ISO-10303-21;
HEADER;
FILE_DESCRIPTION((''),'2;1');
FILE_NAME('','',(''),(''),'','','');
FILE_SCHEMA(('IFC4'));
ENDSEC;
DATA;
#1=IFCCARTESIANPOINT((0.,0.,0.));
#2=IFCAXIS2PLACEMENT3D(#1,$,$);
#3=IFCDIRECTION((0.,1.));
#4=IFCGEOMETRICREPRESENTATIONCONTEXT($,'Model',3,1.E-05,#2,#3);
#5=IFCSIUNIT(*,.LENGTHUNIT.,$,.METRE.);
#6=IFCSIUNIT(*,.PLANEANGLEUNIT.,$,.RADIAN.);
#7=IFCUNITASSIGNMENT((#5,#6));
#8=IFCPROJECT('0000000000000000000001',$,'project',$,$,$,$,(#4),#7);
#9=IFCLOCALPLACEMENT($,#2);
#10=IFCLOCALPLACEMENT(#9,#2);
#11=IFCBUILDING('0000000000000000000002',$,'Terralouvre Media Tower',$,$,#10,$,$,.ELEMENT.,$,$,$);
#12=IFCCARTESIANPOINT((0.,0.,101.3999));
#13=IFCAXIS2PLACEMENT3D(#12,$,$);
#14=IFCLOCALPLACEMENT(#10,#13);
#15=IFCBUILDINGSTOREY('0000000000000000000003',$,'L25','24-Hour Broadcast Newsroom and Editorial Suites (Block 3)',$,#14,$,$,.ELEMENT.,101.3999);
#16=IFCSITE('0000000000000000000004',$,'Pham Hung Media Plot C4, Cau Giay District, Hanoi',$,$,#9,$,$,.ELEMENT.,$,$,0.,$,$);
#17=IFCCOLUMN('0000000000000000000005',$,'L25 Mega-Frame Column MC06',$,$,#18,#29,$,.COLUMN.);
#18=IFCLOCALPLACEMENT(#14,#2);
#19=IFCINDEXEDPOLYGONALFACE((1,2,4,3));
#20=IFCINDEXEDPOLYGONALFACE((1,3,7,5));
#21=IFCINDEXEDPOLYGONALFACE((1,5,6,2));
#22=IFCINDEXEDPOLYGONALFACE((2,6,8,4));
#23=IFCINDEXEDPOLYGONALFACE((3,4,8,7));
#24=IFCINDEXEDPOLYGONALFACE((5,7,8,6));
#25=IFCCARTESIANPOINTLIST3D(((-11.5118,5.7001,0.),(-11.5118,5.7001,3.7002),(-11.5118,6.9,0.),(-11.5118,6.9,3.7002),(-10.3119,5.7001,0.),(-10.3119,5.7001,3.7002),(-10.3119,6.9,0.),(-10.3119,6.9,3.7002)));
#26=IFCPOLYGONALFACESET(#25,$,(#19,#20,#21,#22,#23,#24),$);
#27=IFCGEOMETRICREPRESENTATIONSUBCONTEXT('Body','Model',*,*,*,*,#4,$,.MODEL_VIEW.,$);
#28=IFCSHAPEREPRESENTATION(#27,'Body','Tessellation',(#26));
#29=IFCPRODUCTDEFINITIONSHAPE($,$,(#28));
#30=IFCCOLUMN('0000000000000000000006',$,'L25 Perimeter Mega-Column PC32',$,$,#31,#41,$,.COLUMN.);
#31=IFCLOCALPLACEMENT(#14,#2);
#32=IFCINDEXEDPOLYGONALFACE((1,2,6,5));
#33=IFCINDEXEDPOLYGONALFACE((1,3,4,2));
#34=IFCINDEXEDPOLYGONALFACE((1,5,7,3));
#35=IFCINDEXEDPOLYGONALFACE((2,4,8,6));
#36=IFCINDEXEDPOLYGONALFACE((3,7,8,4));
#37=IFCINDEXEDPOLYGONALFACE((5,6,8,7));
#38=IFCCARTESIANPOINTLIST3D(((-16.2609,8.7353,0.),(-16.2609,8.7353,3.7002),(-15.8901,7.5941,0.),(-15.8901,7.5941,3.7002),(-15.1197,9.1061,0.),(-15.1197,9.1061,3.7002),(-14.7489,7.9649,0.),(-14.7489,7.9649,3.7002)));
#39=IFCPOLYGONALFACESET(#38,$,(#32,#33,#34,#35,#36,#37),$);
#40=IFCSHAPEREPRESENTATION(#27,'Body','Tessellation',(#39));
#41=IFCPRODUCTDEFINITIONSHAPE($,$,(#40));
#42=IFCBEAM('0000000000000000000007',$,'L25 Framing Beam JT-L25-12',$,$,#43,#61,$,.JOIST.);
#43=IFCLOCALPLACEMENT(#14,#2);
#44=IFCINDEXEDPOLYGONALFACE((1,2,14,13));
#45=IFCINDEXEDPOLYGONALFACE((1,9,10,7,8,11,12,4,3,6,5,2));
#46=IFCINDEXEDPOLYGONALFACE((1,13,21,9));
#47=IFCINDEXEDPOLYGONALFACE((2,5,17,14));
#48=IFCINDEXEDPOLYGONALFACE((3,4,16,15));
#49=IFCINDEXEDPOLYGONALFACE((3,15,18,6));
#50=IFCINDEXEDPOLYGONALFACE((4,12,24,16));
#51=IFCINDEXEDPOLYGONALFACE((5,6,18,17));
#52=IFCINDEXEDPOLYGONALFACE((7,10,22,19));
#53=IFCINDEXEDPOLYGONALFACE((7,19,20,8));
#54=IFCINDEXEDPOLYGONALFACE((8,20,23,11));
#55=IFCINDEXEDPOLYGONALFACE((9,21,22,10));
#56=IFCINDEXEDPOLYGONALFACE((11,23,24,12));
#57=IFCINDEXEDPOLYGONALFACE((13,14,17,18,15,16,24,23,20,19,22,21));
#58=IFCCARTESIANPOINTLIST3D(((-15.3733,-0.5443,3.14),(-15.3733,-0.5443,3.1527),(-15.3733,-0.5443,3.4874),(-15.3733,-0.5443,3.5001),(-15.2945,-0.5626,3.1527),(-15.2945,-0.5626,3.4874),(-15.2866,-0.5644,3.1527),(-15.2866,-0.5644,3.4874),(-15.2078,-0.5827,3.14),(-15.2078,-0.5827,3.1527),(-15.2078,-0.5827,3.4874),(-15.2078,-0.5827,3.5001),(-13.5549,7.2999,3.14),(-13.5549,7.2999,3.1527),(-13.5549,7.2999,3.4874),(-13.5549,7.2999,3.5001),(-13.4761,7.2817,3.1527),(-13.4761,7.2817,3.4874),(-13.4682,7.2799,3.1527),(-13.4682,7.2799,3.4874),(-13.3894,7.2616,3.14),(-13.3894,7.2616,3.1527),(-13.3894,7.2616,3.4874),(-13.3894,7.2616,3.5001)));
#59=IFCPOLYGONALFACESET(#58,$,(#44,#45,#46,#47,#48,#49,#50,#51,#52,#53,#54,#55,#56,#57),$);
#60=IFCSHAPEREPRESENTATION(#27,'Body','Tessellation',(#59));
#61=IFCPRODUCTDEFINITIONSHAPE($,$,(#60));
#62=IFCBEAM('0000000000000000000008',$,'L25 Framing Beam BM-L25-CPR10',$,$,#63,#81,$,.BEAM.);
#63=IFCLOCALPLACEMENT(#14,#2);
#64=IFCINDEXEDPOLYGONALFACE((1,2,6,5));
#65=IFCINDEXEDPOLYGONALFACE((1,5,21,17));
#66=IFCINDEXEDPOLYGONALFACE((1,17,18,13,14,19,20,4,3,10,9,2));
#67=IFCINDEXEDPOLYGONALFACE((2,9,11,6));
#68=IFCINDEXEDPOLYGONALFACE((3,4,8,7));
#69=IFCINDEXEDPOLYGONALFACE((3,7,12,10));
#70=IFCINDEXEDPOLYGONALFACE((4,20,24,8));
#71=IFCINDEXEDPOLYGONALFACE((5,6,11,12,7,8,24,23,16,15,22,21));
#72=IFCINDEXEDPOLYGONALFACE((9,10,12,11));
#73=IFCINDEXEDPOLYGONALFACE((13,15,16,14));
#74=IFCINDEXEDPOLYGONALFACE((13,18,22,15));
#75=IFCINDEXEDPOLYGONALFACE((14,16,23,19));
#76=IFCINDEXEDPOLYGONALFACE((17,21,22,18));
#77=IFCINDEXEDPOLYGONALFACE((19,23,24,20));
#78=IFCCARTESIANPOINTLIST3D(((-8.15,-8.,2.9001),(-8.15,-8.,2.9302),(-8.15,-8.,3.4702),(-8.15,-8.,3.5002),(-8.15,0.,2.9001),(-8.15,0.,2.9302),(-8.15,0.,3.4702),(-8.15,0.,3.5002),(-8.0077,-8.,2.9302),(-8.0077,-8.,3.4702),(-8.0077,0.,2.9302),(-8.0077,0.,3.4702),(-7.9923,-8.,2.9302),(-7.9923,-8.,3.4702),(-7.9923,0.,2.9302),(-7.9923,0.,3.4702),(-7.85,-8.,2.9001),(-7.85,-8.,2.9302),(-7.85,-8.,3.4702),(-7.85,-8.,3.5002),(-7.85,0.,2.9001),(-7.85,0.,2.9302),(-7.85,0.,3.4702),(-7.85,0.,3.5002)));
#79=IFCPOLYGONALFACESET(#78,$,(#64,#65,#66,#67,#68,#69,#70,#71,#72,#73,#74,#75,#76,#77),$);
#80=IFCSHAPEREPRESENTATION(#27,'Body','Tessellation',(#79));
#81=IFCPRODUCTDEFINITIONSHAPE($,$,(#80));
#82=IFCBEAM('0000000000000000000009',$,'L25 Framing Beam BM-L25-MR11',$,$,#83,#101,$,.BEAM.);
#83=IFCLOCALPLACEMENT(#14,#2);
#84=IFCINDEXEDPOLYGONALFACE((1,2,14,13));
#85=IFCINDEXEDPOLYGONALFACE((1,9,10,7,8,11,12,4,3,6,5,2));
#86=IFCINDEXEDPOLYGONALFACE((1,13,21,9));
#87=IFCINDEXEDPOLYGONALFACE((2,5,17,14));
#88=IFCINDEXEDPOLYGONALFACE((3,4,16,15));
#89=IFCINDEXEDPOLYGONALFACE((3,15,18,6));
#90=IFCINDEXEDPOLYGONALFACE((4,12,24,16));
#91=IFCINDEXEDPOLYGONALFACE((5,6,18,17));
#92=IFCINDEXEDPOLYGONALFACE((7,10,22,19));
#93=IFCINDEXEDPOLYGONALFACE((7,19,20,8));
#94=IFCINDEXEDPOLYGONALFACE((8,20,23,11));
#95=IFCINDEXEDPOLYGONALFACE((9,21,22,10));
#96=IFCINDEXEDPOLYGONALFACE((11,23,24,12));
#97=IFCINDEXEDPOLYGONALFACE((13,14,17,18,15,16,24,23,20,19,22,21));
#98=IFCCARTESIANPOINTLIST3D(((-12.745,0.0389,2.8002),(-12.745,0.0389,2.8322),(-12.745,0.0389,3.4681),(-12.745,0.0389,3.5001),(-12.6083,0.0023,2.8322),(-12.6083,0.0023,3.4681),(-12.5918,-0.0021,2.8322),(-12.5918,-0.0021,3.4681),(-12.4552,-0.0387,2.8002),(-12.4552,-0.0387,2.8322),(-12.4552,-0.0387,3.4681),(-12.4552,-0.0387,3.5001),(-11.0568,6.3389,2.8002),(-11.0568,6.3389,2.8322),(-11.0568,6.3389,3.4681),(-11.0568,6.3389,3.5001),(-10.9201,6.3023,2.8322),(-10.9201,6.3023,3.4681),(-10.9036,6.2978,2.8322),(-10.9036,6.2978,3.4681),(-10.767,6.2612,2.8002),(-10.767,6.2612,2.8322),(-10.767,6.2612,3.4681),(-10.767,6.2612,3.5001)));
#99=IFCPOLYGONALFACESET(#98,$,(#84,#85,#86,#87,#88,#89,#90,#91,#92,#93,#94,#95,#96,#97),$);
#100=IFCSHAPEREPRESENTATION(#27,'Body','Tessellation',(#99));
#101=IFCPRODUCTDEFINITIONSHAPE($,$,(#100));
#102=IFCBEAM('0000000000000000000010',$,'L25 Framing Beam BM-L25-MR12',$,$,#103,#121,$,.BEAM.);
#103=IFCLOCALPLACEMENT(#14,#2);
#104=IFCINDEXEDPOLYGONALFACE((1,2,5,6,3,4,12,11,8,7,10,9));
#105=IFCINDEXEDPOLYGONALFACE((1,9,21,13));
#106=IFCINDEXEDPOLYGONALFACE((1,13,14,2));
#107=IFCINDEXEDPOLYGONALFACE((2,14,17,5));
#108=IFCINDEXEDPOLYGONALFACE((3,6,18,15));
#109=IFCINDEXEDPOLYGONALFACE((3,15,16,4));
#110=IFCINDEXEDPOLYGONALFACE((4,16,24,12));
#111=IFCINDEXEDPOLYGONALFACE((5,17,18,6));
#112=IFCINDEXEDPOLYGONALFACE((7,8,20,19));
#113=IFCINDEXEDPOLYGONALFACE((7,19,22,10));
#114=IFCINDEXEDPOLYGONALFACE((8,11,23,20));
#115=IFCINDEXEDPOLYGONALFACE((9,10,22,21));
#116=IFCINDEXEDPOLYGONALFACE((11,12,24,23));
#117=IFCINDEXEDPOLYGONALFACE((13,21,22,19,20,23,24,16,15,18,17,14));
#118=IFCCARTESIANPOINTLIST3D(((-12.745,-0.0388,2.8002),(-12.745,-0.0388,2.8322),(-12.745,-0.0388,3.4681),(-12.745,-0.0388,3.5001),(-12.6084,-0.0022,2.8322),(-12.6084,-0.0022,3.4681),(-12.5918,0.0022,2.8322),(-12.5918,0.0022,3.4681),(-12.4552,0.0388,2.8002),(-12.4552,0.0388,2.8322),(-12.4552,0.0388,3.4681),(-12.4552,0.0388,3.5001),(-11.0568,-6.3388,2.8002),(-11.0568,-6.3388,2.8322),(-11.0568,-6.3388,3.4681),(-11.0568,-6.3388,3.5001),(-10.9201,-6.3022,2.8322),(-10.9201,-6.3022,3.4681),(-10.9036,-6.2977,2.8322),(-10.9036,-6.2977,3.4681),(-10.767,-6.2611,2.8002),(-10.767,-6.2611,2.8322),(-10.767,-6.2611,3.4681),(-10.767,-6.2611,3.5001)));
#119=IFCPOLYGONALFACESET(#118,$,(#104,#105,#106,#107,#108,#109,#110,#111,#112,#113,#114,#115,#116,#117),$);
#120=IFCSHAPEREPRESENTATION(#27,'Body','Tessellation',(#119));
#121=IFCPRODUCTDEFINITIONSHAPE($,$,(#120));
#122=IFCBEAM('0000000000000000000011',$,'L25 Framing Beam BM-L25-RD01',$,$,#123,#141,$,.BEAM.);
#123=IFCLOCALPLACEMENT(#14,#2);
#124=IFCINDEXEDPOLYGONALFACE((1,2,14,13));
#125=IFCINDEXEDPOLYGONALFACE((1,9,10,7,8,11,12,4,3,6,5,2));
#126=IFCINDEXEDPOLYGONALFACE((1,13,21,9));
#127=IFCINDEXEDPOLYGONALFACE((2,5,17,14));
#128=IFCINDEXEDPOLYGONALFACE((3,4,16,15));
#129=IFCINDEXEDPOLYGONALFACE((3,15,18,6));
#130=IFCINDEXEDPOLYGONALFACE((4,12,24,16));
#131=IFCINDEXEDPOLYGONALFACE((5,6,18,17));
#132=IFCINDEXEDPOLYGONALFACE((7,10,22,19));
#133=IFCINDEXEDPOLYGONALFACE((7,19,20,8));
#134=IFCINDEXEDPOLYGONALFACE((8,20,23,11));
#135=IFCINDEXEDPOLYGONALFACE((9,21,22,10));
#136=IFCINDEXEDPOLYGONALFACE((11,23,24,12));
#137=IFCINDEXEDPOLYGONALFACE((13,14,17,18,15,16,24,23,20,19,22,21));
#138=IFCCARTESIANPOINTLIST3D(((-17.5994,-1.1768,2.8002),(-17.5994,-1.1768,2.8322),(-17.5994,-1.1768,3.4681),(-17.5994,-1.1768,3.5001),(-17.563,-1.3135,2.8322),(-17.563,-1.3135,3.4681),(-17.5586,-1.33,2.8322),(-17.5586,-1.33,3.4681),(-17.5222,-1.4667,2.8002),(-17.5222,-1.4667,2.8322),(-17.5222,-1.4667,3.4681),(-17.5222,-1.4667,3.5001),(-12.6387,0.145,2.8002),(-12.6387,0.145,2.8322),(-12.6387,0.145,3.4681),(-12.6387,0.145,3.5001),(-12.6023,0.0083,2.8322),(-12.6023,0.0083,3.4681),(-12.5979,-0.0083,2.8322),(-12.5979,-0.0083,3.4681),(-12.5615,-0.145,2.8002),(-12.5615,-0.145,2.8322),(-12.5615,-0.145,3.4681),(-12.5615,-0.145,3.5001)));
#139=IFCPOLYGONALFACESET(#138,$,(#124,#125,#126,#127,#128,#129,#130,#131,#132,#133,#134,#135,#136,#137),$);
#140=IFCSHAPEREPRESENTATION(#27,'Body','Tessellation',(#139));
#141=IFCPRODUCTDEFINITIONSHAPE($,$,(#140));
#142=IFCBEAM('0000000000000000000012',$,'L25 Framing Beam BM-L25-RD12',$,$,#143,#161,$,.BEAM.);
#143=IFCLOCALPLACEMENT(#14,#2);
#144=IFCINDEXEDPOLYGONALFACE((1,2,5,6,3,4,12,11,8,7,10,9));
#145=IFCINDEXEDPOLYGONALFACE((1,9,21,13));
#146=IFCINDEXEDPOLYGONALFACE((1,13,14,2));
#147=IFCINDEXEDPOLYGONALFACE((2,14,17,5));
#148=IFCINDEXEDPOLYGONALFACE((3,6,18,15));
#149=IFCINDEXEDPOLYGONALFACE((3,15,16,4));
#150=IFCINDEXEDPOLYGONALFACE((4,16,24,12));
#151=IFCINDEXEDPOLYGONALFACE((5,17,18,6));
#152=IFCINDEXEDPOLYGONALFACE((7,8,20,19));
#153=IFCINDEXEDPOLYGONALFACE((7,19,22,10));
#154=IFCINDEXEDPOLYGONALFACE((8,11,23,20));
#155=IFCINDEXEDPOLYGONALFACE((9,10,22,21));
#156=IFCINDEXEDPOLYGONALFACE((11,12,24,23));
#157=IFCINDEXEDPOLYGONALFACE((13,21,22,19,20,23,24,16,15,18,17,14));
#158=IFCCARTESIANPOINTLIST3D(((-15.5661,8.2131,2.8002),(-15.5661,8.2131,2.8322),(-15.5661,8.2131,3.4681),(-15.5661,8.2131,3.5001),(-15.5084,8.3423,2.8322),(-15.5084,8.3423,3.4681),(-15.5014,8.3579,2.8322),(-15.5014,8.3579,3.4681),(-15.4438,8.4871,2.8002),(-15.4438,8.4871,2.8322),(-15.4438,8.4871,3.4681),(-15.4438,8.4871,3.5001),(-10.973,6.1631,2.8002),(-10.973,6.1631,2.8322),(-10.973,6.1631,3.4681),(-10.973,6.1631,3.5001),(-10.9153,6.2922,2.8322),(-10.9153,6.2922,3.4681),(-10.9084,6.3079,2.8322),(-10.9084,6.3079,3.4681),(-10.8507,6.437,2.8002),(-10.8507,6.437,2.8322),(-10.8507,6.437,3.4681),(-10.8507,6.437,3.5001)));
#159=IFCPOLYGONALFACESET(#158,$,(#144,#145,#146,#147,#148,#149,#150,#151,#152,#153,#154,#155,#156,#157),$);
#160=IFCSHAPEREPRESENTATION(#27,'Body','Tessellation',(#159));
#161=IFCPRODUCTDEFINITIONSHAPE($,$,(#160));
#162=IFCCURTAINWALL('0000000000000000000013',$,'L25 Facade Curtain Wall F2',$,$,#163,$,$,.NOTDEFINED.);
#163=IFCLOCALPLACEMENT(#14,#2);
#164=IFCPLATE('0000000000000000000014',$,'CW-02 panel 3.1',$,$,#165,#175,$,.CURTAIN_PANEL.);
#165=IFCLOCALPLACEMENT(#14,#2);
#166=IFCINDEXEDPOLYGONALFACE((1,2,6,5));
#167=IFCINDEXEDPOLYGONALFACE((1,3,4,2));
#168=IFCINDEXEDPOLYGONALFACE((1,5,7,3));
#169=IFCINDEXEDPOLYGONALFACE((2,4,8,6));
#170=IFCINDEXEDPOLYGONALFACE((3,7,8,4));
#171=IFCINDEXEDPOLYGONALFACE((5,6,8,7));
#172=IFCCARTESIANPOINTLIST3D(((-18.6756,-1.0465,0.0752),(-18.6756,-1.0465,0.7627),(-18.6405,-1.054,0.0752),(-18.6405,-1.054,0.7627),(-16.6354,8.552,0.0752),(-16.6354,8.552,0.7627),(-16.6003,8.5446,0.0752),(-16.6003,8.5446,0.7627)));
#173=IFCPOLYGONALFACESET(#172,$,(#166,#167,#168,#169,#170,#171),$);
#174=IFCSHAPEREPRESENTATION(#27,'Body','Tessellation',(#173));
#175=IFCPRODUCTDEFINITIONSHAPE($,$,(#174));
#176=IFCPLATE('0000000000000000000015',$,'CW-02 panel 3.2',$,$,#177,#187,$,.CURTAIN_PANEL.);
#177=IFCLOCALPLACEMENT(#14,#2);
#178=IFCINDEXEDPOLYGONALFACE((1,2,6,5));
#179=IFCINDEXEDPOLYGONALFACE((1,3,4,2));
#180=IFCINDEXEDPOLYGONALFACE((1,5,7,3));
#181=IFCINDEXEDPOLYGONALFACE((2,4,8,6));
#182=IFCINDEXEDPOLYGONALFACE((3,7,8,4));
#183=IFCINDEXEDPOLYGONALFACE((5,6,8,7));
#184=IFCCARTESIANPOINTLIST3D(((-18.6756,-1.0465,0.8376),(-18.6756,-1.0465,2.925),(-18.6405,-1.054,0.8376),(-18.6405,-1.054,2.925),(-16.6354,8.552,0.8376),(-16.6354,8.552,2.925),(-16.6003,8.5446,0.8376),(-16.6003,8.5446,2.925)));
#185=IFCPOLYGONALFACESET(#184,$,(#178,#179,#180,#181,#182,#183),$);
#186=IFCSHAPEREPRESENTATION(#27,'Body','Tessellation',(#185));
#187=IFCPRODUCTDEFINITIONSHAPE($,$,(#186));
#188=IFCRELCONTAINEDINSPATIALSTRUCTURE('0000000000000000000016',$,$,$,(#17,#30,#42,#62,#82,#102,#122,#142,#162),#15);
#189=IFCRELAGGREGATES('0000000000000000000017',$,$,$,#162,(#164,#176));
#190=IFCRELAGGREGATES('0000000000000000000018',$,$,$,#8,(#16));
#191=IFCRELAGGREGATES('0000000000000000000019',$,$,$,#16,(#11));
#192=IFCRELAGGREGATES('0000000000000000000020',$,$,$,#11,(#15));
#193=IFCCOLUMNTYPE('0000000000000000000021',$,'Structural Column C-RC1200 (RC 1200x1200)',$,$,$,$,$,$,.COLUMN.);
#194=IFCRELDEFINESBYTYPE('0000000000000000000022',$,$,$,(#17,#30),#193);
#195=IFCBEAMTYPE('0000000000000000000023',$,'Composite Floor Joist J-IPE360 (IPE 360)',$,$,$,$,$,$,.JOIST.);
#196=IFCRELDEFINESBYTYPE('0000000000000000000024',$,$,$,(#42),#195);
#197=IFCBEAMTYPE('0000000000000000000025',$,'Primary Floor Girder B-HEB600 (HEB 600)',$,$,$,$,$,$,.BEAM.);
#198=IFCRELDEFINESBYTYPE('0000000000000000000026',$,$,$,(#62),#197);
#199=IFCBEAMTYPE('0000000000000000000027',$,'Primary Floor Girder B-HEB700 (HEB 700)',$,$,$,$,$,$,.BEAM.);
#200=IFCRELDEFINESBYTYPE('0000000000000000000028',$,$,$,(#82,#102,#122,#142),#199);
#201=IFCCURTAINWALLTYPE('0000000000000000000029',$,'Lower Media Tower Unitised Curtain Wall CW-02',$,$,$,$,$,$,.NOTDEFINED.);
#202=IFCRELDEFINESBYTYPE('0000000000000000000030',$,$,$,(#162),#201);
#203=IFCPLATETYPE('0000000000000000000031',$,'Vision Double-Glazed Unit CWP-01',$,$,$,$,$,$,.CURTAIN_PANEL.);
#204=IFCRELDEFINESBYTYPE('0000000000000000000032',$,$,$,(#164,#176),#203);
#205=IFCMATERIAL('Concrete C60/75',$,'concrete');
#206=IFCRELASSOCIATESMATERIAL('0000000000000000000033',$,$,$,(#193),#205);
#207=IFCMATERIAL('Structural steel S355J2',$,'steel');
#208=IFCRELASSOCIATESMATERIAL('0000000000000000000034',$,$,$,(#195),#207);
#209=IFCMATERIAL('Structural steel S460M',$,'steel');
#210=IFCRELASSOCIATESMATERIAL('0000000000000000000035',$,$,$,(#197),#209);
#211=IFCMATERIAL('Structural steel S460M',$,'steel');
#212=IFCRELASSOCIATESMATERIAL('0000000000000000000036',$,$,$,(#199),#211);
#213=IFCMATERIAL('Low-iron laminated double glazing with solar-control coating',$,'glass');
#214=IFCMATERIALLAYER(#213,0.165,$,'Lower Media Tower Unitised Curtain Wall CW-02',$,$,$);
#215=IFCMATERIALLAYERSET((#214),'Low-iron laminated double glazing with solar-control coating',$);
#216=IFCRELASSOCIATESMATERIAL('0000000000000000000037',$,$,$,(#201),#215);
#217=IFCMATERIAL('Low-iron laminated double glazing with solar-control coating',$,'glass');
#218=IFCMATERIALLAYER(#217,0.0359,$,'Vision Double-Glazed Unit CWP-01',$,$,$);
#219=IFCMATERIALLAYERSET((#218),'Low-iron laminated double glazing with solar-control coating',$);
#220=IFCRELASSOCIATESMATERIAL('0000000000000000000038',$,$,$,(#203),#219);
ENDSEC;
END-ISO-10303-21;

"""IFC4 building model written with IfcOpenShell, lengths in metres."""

from ifc_helpers import new_model, si_unit, direction, frame, origin, origin_2d, place, context, subcontext, project, spatial, rectangle, i_section, extrude, material, layer, layer_set, material_profile, profile_set, type_object, element, aggregate, save


model = new_model("IFC4")

# Units and contexts
model_context = context("Model", 3, precision=1e-05, world=origin(), true_north=direction((0.0, 1.0)))
body_context = subcontext(model_context, "Body", "Model", "MODEL_VIEW")
ifc_project = project(units=[si_unit("LENGTHUNIT", "METRE"), si_unit("PLANEANGLEUNIT", "RADIAN")], contexts=[model_context])

# Site, building, storey
site_placement = place(None, origin())
site = spatial("IfcSite", under=ifc_project, at=site_placement, Name="Pham Hung Media Plot C4, Cau Giay District, Hanoi", CompositionType="ELEMENT", RefElevation=0.0)
building_placement = place(site_placement, origin())
building = spatial("IfcBuilding", under=site, at=building_placement, Name="Terralouvre Media Tower", CompositionType="ELEMENT")
storey_placement = place(building_placement, frame((0.0, 0.0, 101.3999)))
storey = spatial("IfcBuildingStorey", under=building, at=storey_placement, Name="L25", Description="24-Hour Broadcast Newsroom and Editorial Suites (Block 3)", CompositionType="ELEMENT", Elevation=101.3999)

# Columns
ifc_material_1 = material(Name="Concrete C60/75", Category="concrete")
ifc_material_profile_1 = material_profile(ifc_material_1, rectangle(XDim=1.2, YDim=1.2, at=origin_2d()), Name="RC 1200x1200")
ifc_profile_set_1 = profile_set([ifc_material_profile_1], Name="Concrete C60/75")
column_type = type_object("IfcColumnType", Name="Structural Column C-RC1200 (RC 1200x1200)", PredefinedType="COLUMN", material=ifc_profile_set_1)
for number, where, z_axis, x_axis, name in (
    (1, (-10.9119, 6.3, 0.0), (0.0, 0.0, 1.0), (1.0, 0.0, 0.0), "L25 Mega-Frame Column MC06"),
    (2, (-15.5049, 8.3501, 0.0), (0.0, 0.0, 1.0), (0.951057, 0.309017, 0.0), "L25 Perimeter Mega-Column PC32"),
):
    element("IfcColumn", number, at=place(storey_placement, frame(where, z_axis=z_axis, x_axis=x_axis)), inside=storey, type_object=column_type, Name=name, PredefinedType="COLUMN", context=body_context, shape_type="SweptSolid", body=[
        extrude(rectangle(XDim=1.2, YDim=1.2, at=origin_2d()), origin(), (0.0, 0.0, 1.0), 3.7002),
    ])

# Beams
ifc_material_2 = material(Name="Structural steel S355J2", Category="steel")
ifc_material_profile_2 = material_profile(ifc_material_2, i_section(OverallWidth=0.1699, OverallDepth=0.3601, WebThickness=0.0081, FlangeThickness=0.0127, at=origin_2d()), Name="IPE 360")
ifc_profile_set_2 = profile_set([ifc_material_profile_2], Name="Structural steel S355J2")
beam_type_1 = type_object("IfcBeamType", Name="Composite Floor Joist J-IPE360 (IPE 360)", PredefinedType="JOIST", material=ifc_profile_set_2)
beam_1_placement = place(storey_placement, frame((-13.4722, 7.2808, 3.3201), z_axis=(-0.22582, -0.974169, 0.0), x_axis=(0.974169, -0.22582, 0.0)))
element("IfcBeam", 3, at=beam_1_placement, inside=storey, type_object=beam_type_1, Name="L25 Framing Beam JT-L25-12", PredefinedType="JOIST", context=body_context, shape_type="SweptSolid", body=[
    extrude(i_section(OverallWidth=0.1699, OverallDepth=0.3601, WebThickness=0.0081, FlangeThickness=0.0127, at=origin_2d()), origin(), (0.0, 0.0, 1.0), 8.0522),
])
ifc_material_3 = material(Name="Structural steel S460M", Category="steel")
ifc_material_profile_3 = material_profile(ifc_material_3, i_section(OverallWidth=0.3, OverallDepth=0.6001, WebThickness=0.0154, FlangeThickness=0.03, at=origin_2d()), Name="HEB 600")
ifc_profile_set_3 = profile_set([ifc_material_profile_3], Name="Structural steel S460M")
beam_type_2 = type_object("IfcBeamType", Name="Primary Floor Girder B-HEB600 (HEB 600)", PredefinedType="BEAM", material=ifc_profile_set_3)
beam_2_placement = place(storey_placement, frame((-8.0, 0.0, 3.2002), z_axis=(0.0, -1.0, 0.0), x_axis=(1.0, 0.0, 0.0)))
element("IfcBeam", 4, at=beam_2_placement, inside=storey, type_object=beam_type_2, Name="L25 Framing Beam BM-L25-CPR10", PredefinedType="BEAM", context=body_context, shape_type="SweptSolid", body=[
    extrude(i_section(OverallWidth=0.3, OverallDepth=0.6001, WebThickness=0.0154, FlangeThickness=0.03, at=origin_2d()), origin(), (0.0, 0.0, 1.0), 8.0),
])
ifc_material_4 = material(Name="Structural steel S460M", Category="steel")
ifc_material_profile_4 = material_profile(ifc_material_4, i_section(OverallWidth=0.3, OverallDepth=0.7, WebThickness=0.0171, FlangeThickness=0.032, at=origin_2d()), Name="HEB 700")
ifc_profile_set_4 = profile_set([ifc_material_profile_4], Name="Structural steel S460M")
beam_type_3 = type_object("IfcBeamType", Name="Primary Floor Girder B-HEB700 (HEB 700)", PredefinedType="BEAM", material=ifc_profile_set_4)
for number, where, z_axis, x_axis, name in (
    (5, (-10.9119, 6.3, 3.1501), (-0.258839, -0.96592, 0.0), (0.96592, -0.258839, 0.0), "L25 Framing Beam BM-L25-MR11"),
    (6, (-12.6001, 0.0, 3.1501), (0.258839, -0.96592, 0.0), (0.96592, 0.258839, 0.0), "L25 Framing Beam BM-L25-MR12"),
):
    element("IfcBeam", number, at=place(storey_placement, frame(where, z_axis=z_axis, x_axis=x_axis)), inside=storey, type_object=beam_type_3, Name=name, PredefinedType="BEAM", context=body_context, shape_type="SweptSolid", body=[
        extrude(i_section(OverallWidth=0.3, OverallDepth=0.7, WebThickness=0.0171, FlangeThickness=0.032, at=origin_2d()), origin(), (0.0, 0.0, 1.0), 6.5222),
    ])
beam_3_placement = place(storey_placement, frame((-12.6001, 0.0, 3.1501), z_axis=(-0.966287, -0.257467, 0.0), x_axis=(0.257467, -0.966287, 0.0)))
element("IfcBeam", 7, at=beam_3_placement, inside=storey, type_object=beam_type_3, Name="L25 Framing Beam BM-L25-RD01", PredefinedType="BEAM", context=body_context, shape_type="SweptSolid", body=[
    extrude(i_section(OverallWidth=0.3, OverallDepth=0.7, WebThickness=0.0171, FlangeThickness=0.032, at=origin_2d()), origin(), (0.0, 0.0, 1.0), 5.1338),
])
beam_4_placement = place(storey_placement, frame((-10.9119, 6.3, 3.1501), z_axis=(-0.913168, 0.407584, 0.0), x_axis=(-0.407584, -0.913168, 0.0)))
element("IfcBeam", 8, at=beam_4_placement, inside=storey, type_object=beam_type_3, Name="L25 Framing Beam BM-L25-RD12", PredefinedType="BEAM", context=body_context, shape_type="SweptSolid", body=[
    extrude(i_section(OverallWidth=0.3, OverallDepth=0.7, WebThickness=0.0171, FlangeThickness=0.032, at=origin_2d()), origin(), (0.0, 0.0, 1.0), 5.0298),
])

# Curtain wall, plates
ifc_material_5 = material(Name="Low-iron laminated double glazing with solar-control coating", Category="glass")
ifc_layer_1 = layer(ifc_material_5, 0.165, Name="Lower Media Tower Unitised Curtain Wall CW-02")
ifc_layer_set_1 = layer_set([ifc_layer_1], Name="Low-iron laminated double glazing with solar-control coating")
curtain_wall_type = type_object("IfcCurtainWallType", Name="Lower Media Tower Unitised Curtain Wall CW-02", PredefinedType="NOTDEFINED", material=ifc_layer_set_1)
curtain_wall_placement = place(storey_placement, origin())
curtain_wall = element("IfcCurtainWall", 9, at=curtain_wall_placement, inside=storey, type_object=curtain_wall_type, Name="L25 Facade Curtain Wall F2", PredefinedType="NOTDEFINED")
ifc_material_6 = material(Name="Low-iron laminated double glazing with solar-control coating", Category="glass")
ifc_layer_2 = layer(ifc_material_6, 0.0359, Name="Vision Double-Glazed Unit CWP-01")
ifc_layer_set_2 = layer_set([ifc_layer_2], Name="Low-iron laminated double glazing with solar-control coating")
plate_type = type_object("IfcPlateType", Name="Vision Double-Glazed Unit CWP-01", PredefinedType="CURTAIN_PANEL", material=ifc_layer_set_2)
plate_1_placement = place(storey_placement, frame((-17.6379, 3.749, 0.0752), z_axis=(0.0, 0.0, 1.0), x_axis=(-0.207912, -0.978148, 0.0)))
plate_1 = element("IfcPlate", 10, at=plate_1_placement, type_object=plate_type, Name="CW-02 panel 3.1", PredefinedType="CURTAIN_PANEL", context=body_context, shape_type="SweptSolid", body=[
    extrude(rectangle(XDim=9.813, YDim=0.0359, at=origin_2d()), origin(), (0.0, 0.0, 1.0), 0.6875),
])
plate_2_placement = place(storey_placement, frame((-17.6379, 3.749, 0.8376), z_axis=(0.0, 0.0, 1.0), x_axis=(-0.207912, -0.978148, 0.0)))
plate_2 = element("IfcPlate", 11, at=plate_2_placement, type_object=plate_type, Name="CW-02 panel 3.2", PredefinedType="CURTAIN_PANEL", context=body_context, shape_type="SweptSolid", body=[
    extrude(rectangle(XDim=9.813, YDim=0.0359, at=origin_2d()), origin(), (0.0, 0.0, 1.0), 2.0874),
])
aggregate(curtain_wall, [plate_1, plate_2])

save(model, "model.ifc")
